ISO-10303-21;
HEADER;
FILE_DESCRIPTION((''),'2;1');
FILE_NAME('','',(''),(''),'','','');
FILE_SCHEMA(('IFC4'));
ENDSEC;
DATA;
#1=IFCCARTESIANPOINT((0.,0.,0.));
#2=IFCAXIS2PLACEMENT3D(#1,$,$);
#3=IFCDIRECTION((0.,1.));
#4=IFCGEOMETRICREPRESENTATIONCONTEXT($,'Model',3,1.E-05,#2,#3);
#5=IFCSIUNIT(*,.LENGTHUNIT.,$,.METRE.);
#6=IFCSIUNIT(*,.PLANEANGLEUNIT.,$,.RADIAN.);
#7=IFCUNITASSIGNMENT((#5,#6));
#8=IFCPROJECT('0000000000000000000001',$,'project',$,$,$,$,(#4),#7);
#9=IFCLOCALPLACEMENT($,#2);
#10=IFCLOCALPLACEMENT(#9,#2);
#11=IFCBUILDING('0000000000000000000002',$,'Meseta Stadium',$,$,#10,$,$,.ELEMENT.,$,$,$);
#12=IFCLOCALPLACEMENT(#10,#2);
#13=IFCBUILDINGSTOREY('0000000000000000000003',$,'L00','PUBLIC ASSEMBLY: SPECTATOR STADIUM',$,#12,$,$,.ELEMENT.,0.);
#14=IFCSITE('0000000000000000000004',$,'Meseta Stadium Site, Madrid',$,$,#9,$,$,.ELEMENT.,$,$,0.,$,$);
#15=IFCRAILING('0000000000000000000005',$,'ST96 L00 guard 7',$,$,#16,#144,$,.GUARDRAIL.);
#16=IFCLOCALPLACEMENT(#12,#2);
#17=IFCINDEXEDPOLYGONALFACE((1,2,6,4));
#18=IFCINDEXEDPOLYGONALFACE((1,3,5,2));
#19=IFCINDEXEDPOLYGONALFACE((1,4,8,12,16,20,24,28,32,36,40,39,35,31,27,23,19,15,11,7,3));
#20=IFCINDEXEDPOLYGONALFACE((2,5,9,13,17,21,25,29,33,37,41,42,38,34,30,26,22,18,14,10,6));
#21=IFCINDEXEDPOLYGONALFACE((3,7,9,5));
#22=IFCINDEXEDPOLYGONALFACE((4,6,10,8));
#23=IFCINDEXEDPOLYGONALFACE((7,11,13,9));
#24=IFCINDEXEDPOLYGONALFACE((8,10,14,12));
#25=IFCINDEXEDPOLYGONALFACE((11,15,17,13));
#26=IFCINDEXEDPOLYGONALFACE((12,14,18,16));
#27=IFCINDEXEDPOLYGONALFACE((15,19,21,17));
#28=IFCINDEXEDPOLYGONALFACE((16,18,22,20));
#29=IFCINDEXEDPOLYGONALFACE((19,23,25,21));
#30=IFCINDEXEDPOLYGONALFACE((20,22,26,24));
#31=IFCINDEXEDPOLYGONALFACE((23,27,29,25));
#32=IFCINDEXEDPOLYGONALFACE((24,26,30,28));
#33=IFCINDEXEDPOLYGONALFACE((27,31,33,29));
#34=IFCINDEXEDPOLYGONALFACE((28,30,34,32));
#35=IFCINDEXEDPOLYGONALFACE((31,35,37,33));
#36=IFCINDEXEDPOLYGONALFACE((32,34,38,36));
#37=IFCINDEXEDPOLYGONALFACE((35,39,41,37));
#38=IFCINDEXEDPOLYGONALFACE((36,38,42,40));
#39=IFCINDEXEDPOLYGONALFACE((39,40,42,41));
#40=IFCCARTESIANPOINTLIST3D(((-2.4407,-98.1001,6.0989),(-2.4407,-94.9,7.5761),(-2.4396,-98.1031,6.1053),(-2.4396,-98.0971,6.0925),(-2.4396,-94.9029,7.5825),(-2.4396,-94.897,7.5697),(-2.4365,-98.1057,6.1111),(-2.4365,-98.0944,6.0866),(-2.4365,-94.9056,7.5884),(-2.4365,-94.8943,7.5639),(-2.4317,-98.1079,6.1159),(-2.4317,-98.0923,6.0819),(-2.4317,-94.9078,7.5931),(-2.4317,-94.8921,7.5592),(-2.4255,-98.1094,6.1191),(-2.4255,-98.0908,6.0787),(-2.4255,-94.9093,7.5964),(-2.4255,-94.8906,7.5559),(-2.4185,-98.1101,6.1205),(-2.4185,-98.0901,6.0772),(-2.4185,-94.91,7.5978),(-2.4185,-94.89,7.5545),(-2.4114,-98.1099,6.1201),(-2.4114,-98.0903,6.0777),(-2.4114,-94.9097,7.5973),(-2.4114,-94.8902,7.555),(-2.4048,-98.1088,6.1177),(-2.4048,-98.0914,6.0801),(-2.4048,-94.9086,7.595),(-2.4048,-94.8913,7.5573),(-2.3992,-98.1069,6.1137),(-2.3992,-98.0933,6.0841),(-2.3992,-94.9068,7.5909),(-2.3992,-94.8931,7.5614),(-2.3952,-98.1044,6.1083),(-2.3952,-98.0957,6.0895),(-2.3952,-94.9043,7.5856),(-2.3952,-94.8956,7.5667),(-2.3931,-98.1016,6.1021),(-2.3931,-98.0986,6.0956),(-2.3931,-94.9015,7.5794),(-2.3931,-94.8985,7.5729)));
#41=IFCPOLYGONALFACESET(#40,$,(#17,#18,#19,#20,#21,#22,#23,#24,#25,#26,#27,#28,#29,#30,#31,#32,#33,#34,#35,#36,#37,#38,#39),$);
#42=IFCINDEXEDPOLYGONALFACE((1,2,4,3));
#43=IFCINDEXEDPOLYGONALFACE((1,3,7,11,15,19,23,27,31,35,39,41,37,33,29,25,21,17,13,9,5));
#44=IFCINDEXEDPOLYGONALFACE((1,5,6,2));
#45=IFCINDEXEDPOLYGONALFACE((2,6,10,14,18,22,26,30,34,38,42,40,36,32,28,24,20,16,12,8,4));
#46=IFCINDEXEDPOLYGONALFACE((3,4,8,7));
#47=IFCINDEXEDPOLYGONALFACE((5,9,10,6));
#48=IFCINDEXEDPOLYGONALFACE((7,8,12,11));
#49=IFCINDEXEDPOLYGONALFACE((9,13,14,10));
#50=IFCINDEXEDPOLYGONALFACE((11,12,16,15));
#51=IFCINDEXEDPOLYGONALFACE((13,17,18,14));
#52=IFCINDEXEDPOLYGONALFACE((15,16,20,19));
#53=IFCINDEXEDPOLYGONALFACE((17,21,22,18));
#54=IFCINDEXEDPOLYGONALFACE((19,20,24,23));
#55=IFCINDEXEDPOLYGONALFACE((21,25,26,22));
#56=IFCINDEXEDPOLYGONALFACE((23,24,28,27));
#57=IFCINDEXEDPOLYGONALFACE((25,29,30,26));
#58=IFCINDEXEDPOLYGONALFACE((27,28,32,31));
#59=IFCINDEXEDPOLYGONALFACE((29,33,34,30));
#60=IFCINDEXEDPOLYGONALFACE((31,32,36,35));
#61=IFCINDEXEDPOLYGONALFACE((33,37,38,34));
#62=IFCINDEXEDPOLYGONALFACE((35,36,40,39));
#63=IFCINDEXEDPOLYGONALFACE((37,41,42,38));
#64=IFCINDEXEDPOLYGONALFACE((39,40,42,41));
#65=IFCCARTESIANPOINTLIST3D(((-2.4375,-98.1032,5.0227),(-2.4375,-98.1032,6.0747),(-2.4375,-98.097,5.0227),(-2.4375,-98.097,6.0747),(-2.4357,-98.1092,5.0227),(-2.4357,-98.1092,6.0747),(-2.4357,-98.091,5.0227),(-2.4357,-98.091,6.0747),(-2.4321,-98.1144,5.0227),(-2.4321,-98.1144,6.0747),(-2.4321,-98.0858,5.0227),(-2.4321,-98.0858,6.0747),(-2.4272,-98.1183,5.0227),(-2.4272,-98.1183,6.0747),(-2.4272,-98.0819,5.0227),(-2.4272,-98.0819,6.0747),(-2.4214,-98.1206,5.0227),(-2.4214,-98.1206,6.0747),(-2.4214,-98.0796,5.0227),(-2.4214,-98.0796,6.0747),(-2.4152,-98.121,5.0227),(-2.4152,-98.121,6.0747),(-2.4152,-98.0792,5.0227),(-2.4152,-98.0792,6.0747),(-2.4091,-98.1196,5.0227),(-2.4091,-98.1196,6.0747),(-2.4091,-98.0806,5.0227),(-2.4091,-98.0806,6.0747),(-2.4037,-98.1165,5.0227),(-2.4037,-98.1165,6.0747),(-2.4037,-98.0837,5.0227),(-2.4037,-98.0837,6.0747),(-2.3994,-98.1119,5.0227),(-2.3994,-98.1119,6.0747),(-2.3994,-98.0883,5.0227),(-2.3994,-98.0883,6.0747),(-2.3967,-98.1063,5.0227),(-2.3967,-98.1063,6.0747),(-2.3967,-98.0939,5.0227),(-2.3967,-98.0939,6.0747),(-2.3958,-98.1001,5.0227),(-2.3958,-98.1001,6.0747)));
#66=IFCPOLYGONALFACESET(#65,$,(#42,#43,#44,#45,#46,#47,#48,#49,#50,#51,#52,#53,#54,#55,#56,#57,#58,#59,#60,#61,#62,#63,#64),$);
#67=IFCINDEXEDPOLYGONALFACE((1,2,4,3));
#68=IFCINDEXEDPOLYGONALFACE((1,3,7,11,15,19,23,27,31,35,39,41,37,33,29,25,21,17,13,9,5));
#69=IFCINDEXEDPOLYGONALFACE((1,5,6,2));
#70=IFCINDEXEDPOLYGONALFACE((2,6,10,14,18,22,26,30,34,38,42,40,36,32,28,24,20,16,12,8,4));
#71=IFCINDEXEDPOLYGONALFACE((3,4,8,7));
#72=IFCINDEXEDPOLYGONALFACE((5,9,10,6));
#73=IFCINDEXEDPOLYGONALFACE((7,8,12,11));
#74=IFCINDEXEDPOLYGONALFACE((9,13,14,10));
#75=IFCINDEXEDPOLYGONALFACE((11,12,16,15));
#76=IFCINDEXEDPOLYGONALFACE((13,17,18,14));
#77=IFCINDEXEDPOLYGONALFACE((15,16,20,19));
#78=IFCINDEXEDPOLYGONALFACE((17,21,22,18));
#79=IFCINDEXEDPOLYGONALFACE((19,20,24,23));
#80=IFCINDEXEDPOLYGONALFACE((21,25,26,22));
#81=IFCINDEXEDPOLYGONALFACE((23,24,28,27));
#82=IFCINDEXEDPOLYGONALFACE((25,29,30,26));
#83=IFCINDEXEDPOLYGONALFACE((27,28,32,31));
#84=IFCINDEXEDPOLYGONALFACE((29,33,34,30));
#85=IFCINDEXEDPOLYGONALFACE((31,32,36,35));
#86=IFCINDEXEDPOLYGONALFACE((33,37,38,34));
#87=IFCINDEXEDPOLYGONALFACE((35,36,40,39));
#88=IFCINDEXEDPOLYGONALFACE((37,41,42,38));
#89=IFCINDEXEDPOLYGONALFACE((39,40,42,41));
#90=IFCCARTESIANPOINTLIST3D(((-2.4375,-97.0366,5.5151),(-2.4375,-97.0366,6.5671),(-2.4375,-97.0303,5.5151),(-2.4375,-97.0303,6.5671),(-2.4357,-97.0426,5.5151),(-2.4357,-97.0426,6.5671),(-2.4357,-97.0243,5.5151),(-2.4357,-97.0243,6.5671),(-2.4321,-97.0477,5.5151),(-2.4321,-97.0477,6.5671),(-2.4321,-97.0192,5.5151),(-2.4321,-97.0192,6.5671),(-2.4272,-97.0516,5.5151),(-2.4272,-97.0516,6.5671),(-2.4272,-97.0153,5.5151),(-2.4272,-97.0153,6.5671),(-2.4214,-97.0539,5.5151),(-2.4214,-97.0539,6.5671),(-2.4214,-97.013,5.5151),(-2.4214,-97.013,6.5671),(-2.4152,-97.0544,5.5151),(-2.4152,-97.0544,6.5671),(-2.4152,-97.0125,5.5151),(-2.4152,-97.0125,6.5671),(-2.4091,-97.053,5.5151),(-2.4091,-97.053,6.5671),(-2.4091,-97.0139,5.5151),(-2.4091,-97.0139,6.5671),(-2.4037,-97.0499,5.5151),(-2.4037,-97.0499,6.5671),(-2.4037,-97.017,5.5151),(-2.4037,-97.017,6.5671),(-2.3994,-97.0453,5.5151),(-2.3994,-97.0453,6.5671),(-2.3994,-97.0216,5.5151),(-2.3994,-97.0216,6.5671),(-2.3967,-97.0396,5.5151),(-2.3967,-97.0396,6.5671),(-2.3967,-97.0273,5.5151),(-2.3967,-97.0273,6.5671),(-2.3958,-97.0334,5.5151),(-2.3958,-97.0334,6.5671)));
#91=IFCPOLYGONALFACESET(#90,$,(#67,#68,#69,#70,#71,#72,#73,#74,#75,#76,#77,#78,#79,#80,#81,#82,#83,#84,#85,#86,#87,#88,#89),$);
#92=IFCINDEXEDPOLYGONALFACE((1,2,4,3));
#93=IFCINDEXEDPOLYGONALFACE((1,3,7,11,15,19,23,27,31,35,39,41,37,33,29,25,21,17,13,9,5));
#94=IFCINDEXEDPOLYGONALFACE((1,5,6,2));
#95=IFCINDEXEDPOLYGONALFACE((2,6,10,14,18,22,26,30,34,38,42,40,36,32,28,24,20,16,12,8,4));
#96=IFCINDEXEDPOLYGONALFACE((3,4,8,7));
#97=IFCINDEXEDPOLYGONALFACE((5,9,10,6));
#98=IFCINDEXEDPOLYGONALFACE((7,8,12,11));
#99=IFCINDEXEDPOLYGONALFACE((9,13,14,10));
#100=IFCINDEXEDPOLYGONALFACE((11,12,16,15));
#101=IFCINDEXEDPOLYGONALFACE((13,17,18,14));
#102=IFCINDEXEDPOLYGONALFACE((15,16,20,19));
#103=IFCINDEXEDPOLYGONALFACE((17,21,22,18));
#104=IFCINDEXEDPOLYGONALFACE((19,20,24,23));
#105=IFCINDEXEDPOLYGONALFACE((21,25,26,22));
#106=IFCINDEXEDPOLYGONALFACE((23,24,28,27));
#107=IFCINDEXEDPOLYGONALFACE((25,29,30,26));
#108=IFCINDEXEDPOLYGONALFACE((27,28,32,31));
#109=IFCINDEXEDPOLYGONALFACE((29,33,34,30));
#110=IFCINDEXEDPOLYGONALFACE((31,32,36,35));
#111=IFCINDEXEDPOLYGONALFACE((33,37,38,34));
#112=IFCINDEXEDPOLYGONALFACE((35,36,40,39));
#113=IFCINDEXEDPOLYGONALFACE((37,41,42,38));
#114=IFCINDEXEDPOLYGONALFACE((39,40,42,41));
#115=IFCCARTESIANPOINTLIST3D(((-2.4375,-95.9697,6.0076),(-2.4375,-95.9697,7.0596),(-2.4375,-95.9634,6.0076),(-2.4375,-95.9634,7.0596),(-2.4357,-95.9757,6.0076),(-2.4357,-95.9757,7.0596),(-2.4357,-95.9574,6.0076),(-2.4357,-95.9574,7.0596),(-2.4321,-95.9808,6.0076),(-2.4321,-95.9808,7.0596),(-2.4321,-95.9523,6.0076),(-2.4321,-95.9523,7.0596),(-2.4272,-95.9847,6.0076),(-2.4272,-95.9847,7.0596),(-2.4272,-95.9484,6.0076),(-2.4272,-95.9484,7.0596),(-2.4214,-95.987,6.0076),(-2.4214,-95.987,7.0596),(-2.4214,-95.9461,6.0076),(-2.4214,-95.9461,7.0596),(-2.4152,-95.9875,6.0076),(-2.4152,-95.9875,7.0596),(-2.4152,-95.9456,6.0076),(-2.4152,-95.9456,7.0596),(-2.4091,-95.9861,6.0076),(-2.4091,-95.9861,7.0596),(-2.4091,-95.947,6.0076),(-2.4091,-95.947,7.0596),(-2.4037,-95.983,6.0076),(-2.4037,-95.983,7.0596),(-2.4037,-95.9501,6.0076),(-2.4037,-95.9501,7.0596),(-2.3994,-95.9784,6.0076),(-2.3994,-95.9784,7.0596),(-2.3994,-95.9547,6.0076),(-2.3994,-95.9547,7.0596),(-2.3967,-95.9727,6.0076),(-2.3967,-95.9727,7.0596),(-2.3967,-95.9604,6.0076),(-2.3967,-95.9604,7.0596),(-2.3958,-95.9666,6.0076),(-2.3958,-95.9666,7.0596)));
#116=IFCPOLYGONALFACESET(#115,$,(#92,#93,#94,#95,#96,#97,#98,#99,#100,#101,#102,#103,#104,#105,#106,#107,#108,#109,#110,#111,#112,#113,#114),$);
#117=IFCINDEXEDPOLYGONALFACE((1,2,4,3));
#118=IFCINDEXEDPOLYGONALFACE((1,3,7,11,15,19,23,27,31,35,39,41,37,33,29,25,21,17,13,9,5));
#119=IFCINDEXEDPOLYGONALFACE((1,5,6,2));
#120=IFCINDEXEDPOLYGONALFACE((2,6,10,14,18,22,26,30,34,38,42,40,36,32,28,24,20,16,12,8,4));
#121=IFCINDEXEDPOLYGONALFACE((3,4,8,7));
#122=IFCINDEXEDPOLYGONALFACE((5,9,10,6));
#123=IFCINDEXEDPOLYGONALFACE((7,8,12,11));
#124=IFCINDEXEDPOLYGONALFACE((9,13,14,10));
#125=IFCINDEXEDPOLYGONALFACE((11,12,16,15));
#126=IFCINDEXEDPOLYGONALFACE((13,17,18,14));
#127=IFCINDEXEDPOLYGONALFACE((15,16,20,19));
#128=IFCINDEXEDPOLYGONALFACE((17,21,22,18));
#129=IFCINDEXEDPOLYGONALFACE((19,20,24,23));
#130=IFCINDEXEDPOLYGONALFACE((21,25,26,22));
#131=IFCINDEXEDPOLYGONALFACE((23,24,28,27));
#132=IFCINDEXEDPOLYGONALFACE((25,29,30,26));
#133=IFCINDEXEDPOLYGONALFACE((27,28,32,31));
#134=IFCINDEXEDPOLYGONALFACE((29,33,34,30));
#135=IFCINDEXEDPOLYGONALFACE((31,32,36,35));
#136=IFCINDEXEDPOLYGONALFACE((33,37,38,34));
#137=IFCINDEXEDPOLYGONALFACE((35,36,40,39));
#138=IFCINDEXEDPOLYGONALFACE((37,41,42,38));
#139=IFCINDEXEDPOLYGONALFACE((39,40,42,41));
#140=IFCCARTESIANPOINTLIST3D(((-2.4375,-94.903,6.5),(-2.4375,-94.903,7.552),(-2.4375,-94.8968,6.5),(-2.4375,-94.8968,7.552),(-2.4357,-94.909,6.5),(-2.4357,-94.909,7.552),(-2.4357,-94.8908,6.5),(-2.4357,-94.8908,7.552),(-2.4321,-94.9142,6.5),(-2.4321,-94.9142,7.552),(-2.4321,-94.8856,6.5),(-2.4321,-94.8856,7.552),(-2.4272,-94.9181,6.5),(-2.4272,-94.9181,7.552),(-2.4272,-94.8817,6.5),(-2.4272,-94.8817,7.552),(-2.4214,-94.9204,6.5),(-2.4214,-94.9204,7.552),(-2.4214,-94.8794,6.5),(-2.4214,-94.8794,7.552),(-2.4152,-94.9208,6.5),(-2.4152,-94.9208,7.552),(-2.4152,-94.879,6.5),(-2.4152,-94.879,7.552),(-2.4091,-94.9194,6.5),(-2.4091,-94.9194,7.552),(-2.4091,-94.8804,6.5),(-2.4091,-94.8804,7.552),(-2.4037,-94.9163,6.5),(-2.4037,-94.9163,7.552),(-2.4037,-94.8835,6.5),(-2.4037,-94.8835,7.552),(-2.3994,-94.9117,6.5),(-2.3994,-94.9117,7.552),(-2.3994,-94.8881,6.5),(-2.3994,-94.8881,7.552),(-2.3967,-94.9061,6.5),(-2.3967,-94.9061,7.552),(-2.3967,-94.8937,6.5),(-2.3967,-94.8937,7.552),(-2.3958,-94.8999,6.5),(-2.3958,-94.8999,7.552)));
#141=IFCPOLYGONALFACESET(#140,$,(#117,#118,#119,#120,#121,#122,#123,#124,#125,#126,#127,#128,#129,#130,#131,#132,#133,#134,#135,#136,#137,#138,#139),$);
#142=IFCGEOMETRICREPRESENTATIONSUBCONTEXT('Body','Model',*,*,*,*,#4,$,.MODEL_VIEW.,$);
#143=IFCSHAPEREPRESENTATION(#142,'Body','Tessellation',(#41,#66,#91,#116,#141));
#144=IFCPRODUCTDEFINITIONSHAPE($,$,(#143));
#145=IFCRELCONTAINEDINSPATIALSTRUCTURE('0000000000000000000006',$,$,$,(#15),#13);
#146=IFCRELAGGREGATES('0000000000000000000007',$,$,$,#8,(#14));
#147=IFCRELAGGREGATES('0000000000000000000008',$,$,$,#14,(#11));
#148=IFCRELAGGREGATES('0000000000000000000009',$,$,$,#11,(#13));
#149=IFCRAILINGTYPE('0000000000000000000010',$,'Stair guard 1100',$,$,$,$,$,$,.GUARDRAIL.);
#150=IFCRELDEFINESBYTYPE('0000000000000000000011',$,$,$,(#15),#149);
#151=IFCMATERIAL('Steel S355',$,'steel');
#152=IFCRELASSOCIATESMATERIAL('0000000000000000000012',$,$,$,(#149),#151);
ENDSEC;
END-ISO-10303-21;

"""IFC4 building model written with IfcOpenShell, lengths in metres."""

from ifc_helpers import new_model, si_unit, direction, frame, origin, origin_2d, place, context, subcontext, project, spatial, circle, extrude, material, type_object, element, save


model = new_model("IFC4")

# Units and contexts
model_context = context("Model", 3, precision=1e-05, world=origin(), true_north=direction((0.0, 1.0)))
body_context = subcontext(model_context, "Body", "Model", "MODEL_VIEW")
ifc_project = project(units=[si_unit("LENGTHUNIT", "METRE"), si_unit("PLANEANGLEUNIT", "RADIAN")], contexts=[model_context])

# Site, building, storey
site_placement = place(None, origin())
site = spatial("IfcSite", under=ifc_project, at=site_placement, Name="Meseta Stadium Site, Madrid", CompositionType="ELEMENT", RefElevation=0.0)
building_placement = place(site_placement, origin())
building = spatial("IfcBuilding", under=site, at=building_placement, Name="Meseta Stadium", CompositionType="ELEMENT")
storey_placement = place(building_placement, origin())
storey = spatial("IfcBuildingStorey", under=building, at=storey_placement, Name="L00", Description="PUBLIC ASSEMBLY: SPECTATOR STADIUM", CompositionType="ELEMENT", Elevation=0.0)

# Railing
ifc_material_1 = material(Name="Steel S355", Category="steel")
railing_type_1 = type_object("IfcRailingType", Name="Stair guard 1100", PredefinedType="GUARDRAIL", material=ifc_material_1)
railing_1_placement = place(storey_placement, frame((-2.4167, -98.1001, 5.0227)))
element("IfcRailing", 1, at=railing_1_placement, inside=storey, type_object=railing_type_1, Name="ST96 L00 guard 7", PredefinedType="GUARDRAIL", context=body_context, shape_type="SweptSolid", body=[
    extrude(circle(Radius=0.0239, at=origin_2d()), frame((0.0, 0.0, 1.0762), z_axis=(0.0, 0.907929, 0.419124), x_axis=(-1.0, 0.0, 0.0)), (0.0, 0.0, 1.0), 3.5247),
    extrude(circle(Radius=0.021, at=origin_2d()), origin(), (0.0, 0.0, 1.0), 1.052),
    extrude(circle(Radius=0.021, at=origin_2d()), frame((0.0, 1.0667, 0.4924)), (0.0, 0.0, 1.0), 1.052),
    extrude(circle(Radius=0.021, at=origin_2d()), frame((0.0, 2.1335, 0.9849)), (0.0, 0.0, 1.0), 1.052),
    extrude(circle(Radius=0.021, at=origin_2d()), frame((0.0, 3.2002, 1.4773)), (0.0, 0.0, 1.0), 1.052),
])

save(model, "model.ifc")
